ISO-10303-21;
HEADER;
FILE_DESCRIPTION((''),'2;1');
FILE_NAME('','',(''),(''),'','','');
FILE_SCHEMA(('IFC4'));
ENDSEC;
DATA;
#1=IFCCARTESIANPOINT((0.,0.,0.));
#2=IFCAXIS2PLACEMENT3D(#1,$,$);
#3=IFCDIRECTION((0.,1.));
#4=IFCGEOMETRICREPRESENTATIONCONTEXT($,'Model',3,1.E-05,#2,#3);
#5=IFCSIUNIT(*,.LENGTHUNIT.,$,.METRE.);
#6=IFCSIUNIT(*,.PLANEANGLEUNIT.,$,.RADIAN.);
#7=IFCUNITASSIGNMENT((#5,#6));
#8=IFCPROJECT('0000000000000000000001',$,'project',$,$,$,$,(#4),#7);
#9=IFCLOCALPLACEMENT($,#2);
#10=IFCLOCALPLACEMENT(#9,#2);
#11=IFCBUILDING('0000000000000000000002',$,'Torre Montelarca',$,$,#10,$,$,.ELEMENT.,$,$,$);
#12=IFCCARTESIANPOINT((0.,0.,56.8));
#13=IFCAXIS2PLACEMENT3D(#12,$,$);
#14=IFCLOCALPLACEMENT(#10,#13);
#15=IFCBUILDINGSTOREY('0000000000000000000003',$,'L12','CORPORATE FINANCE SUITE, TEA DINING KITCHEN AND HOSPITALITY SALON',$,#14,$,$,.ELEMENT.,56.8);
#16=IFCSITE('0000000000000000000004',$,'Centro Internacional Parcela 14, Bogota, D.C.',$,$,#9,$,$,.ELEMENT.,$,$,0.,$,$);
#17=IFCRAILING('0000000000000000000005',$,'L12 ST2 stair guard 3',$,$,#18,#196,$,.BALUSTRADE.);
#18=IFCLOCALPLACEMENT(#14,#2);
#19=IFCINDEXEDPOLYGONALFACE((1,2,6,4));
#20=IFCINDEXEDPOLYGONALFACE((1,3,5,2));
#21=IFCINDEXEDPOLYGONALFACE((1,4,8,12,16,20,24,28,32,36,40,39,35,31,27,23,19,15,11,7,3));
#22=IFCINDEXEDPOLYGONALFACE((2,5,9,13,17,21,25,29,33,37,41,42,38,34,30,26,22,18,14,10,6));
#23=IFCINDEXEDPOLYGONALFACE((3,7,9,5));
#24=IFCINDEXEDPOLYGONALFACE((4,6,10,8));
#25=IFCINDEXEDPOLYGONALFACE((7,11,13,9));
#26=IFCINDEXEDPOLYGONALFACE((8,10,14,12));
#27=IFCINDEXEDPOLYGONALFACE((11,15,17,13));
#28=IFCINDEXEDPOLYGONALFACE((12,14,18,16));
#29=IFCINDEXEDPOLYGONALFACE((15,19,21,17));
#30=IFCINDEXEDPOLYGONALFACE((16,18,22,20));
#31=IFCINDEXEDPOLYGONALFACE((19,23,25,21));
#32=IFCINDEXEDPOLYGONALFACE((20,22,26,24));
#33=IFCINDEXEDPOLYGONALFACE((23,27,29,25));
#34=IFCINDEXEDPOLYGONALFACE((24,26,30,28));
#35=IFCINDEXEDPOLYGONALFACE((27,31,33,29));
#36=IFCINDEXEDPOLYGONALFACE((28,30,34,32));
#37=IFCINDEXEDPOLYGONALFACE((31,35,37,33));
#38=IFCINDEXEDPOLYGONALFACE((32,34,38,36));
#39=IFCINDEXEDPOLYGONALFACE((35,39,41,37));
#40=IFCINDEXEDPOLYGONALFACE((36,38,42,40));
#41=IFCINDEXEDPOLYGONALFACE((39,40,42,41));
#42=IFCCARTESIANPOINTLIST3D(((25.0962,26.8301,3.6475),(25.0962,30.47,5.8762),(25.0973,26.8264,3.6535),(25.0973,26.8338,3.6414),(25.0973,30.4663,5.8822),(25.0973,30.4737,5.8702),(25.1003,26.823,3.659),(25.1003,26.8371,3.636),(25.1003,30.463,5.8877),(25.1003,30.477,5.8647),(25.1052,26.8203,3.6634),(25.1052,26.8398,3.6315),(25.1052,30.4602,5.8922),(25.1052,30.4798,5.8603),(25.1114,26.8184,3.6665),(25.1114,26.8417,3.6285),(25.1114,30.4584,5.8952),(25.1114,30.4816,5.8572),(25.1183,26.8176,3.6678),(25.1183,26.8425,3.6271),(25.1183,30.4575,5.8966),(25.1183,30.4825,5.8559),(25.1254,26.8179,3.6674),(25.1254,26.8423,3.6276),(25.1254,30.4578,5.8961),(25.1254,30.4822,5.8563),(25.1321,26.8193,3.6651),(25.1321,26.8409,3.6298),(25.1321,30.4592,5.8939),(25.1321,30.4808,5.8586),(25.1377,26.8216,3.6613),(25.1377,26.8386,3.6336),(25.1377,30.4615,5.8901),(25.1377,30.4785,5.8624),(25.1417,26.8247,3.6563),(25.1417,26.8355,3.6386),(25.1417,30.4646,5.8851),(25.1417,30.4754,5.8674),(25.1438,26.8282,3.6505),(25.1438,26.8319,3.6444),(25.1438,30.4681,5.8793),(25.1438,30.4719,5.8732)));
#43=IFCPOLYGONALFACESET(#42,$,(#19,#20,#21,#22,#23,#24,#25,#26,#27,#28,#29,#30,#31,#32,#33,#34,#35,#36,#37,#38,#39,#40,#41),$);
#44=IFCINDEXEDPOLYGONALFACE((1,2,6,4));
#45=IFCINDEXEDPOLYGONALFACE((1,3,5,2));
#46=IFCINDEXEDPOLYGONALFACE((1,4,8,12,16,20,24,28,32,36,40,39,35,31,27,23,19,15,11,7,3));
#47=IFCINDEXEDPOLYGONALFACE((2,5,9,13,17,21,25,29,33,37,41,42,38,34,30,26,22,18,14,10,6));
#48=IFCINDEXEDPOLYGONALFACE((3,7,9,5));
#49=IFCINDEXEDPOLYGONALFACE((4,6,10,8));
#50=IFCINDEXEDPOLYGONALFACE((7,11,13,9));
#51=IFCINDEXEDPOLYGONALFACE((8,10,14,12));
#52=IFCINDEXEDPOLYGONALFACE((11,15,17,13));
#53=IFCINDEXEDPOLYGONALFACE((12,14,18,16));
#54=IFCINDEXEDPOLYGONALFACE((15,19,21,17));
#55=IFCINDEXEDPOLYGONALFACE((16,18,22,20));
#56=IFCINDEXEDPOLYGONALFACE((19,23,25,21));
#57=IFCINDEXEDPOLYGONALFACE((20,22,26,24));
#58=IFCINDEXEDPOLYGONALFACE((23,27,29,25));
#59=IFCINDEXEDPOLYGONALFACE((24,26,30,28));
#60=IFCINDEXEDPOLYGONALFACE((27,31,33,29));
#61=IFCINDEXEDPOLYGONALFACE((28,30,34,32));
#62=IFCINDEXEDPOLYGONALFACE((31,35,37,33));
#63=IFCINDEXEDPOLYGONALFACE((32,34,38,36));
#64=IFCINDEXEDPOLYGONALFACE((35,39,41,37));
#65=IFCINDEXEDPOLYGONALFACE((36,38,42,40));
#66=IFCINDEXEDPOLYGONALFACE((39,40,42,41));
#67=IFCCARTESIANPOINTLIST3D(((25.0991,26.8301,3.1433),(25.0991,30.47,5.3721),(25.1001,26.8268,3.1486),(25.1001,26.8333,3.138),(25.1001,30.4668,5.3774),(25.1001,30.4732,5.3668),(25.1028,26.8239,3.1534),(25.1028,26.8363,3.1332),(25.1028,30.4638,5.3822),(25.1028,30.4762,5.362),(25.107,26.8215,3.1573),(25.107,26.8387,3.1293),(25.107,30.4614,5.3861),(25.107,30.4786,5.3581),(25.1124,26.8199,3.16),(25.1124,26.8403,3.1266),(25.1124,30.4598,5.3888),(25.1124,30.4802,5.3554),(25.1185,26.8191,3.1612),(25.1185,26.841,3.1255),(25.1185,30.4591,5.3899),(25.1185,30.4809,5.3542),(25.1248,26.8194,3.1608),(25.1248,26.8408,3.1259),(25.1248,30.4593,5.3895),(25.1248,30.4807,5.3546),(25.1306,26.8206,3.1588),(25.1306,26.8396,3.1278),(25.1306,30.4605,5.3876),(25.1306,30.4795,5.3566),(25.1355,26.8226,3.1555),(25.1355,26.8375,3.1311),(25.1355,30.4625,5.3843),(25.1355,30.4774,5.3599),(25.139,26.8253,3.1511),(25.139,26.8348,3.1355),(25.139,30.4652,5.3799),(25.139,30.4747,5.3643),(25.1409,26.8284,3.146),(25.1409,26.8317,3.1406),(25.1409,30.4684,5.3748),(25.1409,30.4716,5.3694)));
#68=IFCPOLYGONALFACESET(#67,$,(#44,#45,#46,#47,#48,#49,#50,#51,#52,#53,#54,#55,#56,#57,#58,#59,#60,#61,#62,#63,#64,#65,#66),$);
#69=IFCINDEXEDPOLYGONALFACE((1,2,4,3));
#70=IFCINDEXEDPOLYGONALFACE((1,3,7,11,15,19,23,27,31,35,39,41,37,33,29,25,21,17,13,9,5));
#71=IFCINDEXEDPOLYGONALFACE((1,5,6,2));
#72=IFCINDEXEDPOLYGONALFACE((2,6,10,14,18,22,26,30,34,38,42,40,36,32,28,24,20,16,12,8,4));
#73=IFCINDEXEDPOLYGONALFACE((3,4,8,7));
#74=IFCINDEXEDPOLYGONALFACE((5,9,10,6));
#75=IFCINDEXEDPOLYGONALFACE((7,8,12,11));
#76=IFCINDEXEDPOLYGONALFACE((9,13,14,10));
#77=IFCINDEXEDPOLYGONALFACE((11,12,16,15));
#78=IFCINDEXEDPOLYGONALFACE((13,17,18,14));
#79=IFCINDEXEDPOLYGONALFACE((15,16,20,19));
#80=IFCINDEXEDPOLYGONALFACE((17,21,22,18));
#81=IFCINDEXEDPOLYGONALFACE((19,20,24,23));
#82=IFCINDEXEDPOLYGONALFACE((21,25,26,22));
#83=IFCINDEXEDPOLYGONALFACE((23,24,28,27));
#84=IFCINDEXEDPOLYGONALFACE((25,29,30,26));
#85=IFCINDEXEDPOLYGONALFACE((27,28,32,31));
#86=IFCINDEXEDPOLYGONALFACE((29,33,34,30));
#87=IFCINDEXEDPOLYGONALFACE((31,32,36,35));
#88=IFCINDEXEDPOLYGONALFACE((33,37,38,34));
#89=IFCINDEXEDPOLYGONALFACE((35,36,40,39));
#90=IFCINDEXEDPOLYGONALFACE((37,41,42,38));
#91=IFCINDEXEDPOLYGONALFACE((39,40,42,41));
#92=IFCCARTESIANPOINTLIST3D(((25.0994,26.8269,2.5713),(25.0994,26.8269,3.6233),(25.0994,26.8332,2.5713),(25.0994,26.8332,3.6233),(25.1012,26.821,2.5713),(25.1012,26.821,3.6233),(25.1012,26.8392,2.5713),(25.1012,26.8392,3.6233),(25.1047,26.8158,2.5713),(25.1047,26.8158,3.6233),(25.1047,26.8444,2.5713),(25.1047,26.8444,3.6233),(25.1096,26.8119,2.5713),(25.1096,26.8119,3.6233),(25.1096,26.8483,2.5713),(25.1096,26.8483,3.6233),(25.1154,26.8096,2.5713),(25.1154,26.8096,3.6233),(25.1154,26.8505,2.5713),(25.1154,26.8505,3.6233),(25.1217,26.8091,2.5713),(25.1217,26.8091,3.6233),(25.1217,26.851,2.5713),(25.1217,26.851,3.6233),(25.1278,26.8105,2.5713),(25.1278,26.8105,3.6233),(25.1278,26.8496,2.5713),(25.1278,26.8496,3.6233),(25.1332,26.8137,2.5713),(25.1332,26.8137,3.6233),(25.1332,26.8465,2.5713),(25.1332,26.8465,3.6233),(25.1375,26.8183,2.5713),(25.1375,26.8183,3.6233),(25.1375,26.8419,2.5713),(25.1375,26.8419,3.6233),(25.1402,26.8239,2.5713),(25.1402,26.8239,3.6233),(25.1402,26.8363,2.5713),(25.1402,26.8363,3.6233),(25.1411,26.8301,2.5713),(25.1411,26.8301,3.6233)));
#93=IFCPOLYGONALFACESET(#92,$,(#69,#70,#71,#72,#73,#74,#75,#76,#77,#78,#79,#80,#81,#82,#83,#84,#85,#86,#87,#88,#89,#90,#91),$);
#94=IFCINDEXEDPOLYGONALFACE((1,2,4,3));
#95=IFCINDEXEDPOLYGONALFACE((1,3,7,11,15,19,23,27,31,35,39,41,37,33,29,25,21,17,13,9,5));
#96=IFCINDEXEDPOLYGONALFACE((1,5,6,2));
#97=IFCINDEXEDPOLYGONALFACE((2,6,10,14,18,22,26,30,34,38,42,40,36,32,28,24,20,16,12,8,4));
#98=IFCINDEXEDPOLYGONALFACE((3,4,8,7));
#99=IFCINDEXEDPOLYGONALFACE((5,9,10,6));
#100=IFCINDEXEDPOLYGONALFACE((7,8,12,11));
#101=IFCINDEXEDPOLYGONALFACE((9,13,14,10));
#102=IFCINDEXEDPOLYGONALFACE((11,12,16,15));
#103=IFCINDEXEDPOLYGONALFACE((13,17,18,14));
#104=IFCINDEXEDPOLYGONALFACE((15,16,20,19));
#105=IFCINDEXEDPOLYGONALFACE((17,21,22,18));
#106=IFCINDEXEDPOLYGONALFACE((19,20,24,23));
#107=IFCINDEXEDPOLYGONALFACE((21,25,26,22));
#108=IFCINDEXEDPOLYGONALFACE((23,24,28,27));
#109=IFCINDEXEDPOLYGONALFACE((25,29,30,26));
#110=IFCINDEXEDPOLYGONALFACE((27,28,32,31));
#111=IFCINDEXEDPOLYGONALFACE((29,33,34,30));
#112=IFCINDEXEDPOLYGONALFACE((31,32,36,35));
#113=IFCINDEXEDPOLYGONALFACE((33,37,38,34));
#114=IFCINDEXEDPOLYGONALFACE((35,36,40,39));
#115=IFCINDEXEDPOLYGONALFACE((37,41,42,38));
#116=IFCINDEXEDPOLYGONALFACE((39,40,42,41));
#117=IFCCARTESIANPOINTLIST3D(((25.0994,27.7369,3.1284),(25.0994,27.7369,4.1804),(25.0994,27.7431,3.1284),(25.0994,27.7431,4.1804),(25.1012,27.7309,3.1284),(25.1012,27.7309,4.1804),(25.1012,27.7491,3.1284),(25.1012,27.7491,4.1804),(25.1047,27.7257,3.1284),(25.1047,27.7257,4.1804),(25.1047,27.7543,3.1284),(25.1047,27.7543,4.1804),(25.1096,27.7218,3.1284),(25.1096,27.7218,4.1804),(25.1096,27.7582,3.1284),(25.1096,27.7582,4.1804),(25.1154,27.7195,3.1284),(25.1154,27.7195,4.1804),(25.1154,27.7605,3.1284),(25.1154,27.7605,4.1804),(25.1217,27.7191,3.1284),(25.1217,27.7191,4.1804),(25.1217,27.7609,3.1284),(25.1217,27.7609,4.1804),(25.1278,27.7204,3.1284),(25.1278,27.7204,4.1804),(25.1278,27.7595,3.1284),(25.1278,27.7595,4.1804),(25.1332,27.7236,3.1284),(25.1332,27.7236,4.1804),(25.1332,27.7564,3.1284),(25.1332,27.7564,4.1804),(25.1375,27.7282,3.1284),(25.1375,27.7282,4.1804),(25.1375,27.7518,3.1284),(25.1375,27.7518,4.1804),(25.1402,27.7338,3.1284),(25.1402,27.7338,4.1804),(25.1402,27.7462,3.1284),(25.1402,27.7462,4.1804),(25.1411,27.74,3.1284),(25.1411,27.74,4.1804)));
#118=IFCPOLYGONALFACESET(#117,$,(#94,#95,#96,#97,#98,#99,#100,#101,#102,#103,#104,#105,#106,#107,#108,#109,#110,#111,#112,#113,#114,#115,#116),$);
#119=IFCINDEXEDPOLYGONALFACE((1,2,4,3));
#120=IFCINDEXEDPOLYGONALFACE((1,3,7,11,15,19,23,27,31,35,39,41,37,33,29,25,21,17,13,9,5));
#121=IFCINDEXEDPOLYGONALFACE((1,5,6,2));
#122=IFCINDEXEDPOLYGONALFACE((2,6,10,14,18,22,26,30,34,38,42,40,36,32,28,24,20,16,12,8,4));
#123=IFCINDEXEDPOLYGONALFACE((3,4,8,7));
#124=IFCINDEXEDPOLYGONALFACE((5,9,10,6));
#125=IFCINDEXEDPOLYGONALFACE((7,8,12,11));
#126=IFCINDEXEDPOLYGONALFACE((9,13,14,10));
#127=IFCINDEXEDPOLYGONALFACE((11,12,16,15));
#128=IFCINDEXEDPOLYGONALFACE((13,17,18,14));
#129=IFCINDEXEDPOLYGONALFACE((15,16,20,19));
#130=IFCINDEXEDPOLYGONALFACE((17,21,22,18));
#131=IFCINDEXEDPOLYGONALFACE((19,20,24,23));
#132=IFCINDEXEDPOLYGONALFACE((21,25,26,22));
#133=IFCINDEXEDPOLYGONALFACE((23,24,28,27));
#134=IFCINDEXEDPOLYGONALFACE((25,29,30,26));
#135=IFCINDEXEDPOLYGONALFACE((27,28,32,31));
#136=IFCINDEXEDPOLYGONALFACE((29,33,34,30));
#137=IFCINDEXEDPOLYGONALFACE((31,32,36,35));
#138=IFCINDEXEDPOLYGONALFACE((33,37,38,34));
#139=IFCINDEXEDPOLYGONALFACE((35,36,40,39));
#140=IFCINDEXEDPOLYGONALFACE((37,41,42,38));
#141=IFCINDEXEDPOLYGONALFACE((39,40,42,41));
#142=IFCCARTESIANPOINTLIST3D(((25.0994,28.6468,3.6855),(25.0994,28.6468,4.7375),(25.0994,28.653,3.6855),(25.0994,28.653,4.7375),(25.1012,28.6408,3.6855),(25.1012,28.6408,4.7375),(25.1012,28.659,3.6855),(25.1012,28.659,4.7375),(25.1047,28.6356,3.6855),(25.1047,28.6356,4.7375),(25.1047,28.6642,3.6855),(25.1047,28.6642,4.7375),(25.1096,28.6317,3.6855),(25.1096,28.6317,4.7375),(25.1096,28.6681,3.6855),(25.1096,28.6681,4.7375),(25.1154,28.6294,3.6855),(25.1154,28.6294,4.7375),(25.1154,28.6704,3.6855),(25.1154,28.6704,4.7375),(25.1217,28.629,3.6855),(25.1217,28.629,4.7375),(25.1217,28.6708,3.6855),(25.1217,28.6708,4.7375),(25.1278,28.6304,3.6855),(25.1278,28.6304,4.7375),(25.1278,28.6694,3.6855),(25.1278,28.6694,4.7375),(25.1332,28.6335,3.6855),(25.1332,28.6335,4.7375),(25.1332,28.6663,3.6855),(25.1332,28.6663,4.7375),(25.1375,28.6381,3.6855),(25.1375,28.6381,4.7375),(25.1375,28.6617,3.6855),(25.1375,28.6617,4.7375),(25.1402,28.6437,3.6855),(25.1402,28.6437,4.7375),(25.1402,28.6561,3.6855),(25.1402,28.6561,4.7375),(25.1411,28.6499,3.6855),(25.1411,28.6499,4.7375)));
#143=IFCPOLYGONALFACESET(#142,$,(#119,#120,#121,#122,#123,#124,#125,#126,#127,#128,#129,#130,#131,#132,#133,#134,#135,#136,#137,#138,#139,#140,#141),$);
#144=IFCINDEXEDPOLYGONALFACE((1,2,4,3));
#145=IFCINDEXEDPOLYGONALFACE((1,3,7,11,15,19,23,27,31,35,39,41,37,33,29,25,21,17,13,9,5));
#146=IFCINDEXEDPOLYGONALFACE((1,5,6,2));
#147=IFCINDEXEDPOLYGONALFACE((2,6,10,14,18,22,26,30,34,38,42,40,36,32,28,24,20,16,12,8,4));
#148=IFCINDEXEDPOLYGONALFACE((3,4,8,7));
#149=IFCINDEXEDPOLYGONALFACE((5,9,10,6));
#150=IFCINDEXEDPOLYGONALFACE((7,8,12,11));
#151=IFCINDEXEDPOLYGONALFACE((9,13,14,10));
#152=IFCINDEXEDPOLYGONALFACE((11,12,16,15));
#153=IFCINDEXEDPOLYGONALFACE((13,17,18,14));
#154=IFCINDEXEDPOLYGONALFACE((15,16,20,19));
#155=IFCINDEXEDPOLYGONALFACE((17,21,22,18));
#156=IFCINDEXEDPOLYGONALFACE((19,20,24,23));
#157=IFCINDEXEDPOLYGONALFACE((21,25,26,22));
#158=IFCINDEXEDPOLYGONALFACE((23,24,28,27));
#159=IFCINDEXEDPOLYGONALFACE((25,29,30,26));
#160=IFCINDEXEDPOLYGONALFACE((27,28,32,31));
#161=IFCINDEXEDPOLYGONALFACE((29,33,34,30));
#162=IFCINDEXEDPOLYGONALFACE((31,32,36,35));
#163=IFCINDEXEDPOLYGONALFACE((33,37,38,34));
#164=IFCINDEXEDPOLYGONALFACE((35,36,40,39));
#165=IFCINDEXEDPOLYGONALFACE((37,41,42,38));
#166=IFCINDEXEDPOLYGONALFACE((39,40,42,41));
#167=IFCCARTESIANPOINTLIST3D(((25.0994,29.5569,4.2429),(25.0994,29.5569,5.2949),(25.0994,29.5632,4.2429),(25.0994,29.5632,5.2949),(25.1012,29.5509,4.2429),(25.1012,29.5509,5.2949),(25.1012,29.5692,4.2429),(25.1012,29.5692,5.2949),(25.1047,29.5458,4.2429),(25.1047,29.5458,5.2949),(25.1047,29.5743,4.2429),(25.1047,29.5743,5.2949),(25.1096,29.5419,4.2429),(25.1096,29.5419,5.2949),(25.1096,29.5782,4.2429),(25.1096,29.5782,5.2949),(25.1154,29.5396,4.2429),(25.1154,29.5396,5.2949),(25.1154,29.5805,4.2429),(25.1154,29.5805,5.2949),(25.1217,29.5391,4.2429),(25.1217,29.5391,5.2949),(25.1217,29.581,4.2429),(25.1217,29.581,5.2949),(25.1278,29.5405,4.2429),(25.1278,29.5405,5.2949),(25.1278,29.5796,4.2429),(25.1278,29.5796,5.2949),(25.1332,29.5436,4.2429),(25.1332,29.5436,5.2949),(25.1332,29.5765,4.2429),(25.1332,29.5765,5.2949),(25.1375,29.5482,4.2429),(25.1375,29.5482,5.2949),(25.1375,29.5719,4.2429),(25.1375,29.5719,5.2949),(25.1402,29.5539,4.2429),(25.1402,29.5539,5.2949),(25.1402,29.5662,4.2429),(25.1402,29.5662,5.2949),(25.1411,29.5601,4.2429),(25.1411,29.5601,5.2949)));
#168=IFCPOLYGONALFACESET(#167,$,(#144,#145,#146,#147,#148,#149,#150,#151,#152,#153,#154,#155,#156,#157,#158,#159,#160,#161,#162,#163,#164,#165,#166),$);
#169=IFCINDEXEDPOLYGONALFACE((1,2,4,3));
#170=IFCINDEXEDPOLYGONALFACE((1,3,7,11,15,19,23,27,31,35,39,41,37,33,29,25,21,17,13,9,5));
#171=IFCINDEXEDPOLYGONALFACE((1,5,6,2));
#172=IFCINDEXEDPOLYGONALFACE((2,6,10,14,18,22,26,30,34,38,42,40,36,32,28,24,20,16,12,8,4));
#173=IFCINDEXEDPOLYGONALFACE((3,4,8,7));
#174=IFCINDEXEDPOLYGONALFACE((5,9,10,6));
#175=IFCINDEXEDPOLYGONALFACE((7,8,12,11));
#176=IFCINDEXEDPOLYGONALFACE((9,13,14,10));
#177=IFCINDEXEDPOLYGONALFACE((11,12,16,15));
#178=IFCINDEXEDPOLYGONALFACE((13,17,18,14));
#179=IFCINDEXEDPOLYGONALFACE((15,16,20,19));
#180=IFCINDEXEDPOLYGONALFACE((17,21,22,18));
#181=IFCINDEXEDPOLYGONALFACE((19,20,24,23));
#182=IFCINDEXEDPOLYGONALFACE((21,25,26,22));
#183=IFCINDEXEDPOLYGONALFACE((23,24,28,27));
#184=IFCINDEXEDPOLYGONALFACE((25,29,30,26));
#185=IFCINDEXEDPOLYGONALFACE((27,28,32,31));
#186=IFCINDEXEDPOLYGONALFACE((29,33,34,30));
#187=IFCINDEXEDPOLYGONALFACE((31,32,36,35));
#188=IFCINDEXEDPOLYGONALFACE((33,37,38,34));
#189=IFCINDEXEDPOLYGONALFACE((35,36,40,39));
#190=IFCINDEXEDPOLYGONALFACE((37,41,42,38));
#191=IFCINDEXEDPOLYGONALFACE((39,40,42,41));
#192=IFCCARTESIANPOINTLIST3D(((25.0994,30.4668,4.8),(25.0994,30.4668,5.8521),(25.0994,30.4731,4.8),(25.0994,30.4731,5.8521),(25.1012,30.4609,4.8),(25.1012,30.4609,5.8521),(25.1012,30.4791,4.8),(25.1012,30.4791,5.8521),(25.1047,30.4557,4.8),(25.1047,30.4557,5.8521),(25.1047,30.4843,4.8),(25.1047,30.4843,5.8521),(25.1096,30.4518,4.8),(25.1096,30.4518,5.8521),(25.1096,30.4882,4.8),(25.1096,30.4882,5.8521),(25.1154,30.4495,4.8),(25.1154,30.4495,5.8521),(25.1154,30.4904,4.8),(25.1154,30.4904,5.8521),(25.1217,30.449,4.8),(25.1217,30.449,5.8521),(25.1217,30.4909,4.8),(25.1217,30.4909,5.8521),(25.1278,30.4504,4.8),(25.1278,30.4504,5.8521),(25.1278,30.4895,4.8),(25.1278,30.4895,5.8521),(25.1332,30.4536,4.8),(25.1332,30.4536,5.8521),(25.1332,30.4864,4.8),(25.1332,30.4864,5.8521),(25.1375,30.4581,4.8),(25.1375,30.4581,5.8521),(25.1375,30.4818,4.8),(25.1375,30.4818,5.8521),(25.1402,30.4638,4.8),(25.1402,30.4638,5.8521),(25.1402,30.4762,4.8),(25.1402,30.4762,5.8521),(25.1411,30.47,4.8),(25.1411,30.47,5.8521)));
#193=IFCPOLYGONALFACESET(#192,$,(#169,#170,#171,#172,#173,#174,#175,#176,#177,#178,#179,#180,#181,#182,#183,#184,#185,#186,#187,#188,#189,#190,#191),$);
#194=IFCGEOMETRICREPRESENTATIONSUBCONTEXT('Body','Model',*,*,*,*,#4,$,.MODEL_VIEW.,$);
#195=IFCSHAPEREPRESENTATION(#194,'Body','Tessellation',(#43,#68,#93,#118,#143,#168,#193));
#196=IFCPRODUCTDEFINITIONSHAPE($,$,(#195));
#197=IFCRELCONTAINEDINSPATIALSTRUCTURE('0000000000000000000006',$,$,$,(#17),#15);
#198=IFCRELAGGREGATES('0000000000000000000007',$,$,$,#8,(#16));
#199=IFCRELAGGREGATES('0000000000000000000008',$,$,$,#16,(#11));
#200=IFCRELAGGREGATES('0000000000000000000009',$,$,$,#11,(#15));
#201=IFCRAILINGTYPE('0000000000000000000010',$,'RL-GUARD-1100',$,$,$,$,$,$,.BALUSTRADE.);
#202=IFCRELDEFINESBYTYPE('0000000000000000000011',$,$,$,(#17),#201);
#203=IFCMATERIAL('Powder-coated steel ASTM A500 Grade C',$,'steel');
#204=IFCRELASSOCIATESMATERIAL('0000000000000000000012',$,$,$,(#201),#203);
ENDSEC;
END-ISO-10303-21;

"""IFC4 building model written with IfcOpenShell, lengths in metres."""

from ifc_helpers import new_model, si_unit, direction, frame, origin, origin_2d, place, context, subcontext, project, spatial, circle, extrude, material, type_object, element, save


model = new_model("IFC4")

# Units and contexts
model_context = context("Model", 3, precision=1e-05, world=origin(), true_north=direction((0.0, 1.0)))
body_context = subcontext(model_context, "Body", "Model", "MODEL_VIEW")
ifc_project = project(units=[si_unit("LENGTHUNIT", "METRE"), si_unit("PLANEANGLEUNIT", "RADIAN")], contexts=[model_context])

# Site, building, storey
site_placement = place(None, origin())
site = spatial("IfcSite", under=ifc_project, at=site_placement, Name="Centro Internacional Parcela 14, Bogota, D.C.", CompositionType="ELEMENT", RefElevation=0.0)
building_placement = place(site_placement, origin())
building = spatial("IfcBuilding", under=site, at=building_placement, Name="Torre Montelarca", CompositionType="ELEMENT")
storey_placement = place(building_placement, frame((0.0, 0.0, 56.8)))
storey = spatial("IfcBuildingStorey", under=building, at=storey_placement, Name="L12", Description="CORPORATE FINANCE SUITE, TEA DINING KITCHEN AND HOSPITALITY SALON", CompositionType="ELEMENT", Elevation=56.8)

# Railing
ifc_material_1 = material(Name="Powder-coated steel ASTM A500 Grade C", Category="steel")
railing_type_1 = type_object("IfcRailingType", Name="RL-GUARD-1100", PredefinedType="BALUSTRADE", material=ifc_material_1)
railing_1_placement = place(storey_placement, frame((25.1201, 26.8301, 2.5713)))
element("IfcRailing", 1, at=railing_1_placement, inside=storey, type_object=railing_type_1, Name="L12 ST2 stair guard 3", PredefinedType="BALUSTRADE", context=body_context, shape_type="SweptSolid", body=[
    extrude(circle(Radius=0.0239, at=origin_2d()), frame((0.0, 0.0, 1.0762), z_axis=(0.0, 0.852825, 0.522197), x_axis=(-1.0, 0.0, 0.0)), (0.0, 0.0, 1.0), 4.2681),
    extrude(circle(Radius=0.021, at=origin_2d()), frame((0.0, 0.0, 0.572), z_axis=(0.0, 0.852825, 0.522197), x_axis=(-1.0, 0.0, 0.0)), (0.0, 0.0, 1.0), 4.2681),
    extrude(circle(Radius=0.021, at=origin_2d()), origin(), (0.0, 0.0, 1.0), 1.052),
    extrude(circle(Radius=0.021, at=origin_2d()), frame((0.0, 0.9099, 0.5571)), (0.0, 0.0, 1.0), 1.052),
    extrude(circle(Radius=0.021, at=origin_2d()), frame((0.0, 1.8198, 1.1143)), (0.0, 0.0, 1.0), 1.052),
    extrude(circle(Radius=0.021, at=origin_2d()), frame((0.0, 2.73, 1.6716)), (0.0, 0.0, 1.0), 1.052),
    extrude(circle(Radius=0.021, at=origin_2d()), frame((0.0, 3.6399, 2.2288)), (0.0, 0.0, 1.0), 1.052),
])

save(model, "model.ifc")
